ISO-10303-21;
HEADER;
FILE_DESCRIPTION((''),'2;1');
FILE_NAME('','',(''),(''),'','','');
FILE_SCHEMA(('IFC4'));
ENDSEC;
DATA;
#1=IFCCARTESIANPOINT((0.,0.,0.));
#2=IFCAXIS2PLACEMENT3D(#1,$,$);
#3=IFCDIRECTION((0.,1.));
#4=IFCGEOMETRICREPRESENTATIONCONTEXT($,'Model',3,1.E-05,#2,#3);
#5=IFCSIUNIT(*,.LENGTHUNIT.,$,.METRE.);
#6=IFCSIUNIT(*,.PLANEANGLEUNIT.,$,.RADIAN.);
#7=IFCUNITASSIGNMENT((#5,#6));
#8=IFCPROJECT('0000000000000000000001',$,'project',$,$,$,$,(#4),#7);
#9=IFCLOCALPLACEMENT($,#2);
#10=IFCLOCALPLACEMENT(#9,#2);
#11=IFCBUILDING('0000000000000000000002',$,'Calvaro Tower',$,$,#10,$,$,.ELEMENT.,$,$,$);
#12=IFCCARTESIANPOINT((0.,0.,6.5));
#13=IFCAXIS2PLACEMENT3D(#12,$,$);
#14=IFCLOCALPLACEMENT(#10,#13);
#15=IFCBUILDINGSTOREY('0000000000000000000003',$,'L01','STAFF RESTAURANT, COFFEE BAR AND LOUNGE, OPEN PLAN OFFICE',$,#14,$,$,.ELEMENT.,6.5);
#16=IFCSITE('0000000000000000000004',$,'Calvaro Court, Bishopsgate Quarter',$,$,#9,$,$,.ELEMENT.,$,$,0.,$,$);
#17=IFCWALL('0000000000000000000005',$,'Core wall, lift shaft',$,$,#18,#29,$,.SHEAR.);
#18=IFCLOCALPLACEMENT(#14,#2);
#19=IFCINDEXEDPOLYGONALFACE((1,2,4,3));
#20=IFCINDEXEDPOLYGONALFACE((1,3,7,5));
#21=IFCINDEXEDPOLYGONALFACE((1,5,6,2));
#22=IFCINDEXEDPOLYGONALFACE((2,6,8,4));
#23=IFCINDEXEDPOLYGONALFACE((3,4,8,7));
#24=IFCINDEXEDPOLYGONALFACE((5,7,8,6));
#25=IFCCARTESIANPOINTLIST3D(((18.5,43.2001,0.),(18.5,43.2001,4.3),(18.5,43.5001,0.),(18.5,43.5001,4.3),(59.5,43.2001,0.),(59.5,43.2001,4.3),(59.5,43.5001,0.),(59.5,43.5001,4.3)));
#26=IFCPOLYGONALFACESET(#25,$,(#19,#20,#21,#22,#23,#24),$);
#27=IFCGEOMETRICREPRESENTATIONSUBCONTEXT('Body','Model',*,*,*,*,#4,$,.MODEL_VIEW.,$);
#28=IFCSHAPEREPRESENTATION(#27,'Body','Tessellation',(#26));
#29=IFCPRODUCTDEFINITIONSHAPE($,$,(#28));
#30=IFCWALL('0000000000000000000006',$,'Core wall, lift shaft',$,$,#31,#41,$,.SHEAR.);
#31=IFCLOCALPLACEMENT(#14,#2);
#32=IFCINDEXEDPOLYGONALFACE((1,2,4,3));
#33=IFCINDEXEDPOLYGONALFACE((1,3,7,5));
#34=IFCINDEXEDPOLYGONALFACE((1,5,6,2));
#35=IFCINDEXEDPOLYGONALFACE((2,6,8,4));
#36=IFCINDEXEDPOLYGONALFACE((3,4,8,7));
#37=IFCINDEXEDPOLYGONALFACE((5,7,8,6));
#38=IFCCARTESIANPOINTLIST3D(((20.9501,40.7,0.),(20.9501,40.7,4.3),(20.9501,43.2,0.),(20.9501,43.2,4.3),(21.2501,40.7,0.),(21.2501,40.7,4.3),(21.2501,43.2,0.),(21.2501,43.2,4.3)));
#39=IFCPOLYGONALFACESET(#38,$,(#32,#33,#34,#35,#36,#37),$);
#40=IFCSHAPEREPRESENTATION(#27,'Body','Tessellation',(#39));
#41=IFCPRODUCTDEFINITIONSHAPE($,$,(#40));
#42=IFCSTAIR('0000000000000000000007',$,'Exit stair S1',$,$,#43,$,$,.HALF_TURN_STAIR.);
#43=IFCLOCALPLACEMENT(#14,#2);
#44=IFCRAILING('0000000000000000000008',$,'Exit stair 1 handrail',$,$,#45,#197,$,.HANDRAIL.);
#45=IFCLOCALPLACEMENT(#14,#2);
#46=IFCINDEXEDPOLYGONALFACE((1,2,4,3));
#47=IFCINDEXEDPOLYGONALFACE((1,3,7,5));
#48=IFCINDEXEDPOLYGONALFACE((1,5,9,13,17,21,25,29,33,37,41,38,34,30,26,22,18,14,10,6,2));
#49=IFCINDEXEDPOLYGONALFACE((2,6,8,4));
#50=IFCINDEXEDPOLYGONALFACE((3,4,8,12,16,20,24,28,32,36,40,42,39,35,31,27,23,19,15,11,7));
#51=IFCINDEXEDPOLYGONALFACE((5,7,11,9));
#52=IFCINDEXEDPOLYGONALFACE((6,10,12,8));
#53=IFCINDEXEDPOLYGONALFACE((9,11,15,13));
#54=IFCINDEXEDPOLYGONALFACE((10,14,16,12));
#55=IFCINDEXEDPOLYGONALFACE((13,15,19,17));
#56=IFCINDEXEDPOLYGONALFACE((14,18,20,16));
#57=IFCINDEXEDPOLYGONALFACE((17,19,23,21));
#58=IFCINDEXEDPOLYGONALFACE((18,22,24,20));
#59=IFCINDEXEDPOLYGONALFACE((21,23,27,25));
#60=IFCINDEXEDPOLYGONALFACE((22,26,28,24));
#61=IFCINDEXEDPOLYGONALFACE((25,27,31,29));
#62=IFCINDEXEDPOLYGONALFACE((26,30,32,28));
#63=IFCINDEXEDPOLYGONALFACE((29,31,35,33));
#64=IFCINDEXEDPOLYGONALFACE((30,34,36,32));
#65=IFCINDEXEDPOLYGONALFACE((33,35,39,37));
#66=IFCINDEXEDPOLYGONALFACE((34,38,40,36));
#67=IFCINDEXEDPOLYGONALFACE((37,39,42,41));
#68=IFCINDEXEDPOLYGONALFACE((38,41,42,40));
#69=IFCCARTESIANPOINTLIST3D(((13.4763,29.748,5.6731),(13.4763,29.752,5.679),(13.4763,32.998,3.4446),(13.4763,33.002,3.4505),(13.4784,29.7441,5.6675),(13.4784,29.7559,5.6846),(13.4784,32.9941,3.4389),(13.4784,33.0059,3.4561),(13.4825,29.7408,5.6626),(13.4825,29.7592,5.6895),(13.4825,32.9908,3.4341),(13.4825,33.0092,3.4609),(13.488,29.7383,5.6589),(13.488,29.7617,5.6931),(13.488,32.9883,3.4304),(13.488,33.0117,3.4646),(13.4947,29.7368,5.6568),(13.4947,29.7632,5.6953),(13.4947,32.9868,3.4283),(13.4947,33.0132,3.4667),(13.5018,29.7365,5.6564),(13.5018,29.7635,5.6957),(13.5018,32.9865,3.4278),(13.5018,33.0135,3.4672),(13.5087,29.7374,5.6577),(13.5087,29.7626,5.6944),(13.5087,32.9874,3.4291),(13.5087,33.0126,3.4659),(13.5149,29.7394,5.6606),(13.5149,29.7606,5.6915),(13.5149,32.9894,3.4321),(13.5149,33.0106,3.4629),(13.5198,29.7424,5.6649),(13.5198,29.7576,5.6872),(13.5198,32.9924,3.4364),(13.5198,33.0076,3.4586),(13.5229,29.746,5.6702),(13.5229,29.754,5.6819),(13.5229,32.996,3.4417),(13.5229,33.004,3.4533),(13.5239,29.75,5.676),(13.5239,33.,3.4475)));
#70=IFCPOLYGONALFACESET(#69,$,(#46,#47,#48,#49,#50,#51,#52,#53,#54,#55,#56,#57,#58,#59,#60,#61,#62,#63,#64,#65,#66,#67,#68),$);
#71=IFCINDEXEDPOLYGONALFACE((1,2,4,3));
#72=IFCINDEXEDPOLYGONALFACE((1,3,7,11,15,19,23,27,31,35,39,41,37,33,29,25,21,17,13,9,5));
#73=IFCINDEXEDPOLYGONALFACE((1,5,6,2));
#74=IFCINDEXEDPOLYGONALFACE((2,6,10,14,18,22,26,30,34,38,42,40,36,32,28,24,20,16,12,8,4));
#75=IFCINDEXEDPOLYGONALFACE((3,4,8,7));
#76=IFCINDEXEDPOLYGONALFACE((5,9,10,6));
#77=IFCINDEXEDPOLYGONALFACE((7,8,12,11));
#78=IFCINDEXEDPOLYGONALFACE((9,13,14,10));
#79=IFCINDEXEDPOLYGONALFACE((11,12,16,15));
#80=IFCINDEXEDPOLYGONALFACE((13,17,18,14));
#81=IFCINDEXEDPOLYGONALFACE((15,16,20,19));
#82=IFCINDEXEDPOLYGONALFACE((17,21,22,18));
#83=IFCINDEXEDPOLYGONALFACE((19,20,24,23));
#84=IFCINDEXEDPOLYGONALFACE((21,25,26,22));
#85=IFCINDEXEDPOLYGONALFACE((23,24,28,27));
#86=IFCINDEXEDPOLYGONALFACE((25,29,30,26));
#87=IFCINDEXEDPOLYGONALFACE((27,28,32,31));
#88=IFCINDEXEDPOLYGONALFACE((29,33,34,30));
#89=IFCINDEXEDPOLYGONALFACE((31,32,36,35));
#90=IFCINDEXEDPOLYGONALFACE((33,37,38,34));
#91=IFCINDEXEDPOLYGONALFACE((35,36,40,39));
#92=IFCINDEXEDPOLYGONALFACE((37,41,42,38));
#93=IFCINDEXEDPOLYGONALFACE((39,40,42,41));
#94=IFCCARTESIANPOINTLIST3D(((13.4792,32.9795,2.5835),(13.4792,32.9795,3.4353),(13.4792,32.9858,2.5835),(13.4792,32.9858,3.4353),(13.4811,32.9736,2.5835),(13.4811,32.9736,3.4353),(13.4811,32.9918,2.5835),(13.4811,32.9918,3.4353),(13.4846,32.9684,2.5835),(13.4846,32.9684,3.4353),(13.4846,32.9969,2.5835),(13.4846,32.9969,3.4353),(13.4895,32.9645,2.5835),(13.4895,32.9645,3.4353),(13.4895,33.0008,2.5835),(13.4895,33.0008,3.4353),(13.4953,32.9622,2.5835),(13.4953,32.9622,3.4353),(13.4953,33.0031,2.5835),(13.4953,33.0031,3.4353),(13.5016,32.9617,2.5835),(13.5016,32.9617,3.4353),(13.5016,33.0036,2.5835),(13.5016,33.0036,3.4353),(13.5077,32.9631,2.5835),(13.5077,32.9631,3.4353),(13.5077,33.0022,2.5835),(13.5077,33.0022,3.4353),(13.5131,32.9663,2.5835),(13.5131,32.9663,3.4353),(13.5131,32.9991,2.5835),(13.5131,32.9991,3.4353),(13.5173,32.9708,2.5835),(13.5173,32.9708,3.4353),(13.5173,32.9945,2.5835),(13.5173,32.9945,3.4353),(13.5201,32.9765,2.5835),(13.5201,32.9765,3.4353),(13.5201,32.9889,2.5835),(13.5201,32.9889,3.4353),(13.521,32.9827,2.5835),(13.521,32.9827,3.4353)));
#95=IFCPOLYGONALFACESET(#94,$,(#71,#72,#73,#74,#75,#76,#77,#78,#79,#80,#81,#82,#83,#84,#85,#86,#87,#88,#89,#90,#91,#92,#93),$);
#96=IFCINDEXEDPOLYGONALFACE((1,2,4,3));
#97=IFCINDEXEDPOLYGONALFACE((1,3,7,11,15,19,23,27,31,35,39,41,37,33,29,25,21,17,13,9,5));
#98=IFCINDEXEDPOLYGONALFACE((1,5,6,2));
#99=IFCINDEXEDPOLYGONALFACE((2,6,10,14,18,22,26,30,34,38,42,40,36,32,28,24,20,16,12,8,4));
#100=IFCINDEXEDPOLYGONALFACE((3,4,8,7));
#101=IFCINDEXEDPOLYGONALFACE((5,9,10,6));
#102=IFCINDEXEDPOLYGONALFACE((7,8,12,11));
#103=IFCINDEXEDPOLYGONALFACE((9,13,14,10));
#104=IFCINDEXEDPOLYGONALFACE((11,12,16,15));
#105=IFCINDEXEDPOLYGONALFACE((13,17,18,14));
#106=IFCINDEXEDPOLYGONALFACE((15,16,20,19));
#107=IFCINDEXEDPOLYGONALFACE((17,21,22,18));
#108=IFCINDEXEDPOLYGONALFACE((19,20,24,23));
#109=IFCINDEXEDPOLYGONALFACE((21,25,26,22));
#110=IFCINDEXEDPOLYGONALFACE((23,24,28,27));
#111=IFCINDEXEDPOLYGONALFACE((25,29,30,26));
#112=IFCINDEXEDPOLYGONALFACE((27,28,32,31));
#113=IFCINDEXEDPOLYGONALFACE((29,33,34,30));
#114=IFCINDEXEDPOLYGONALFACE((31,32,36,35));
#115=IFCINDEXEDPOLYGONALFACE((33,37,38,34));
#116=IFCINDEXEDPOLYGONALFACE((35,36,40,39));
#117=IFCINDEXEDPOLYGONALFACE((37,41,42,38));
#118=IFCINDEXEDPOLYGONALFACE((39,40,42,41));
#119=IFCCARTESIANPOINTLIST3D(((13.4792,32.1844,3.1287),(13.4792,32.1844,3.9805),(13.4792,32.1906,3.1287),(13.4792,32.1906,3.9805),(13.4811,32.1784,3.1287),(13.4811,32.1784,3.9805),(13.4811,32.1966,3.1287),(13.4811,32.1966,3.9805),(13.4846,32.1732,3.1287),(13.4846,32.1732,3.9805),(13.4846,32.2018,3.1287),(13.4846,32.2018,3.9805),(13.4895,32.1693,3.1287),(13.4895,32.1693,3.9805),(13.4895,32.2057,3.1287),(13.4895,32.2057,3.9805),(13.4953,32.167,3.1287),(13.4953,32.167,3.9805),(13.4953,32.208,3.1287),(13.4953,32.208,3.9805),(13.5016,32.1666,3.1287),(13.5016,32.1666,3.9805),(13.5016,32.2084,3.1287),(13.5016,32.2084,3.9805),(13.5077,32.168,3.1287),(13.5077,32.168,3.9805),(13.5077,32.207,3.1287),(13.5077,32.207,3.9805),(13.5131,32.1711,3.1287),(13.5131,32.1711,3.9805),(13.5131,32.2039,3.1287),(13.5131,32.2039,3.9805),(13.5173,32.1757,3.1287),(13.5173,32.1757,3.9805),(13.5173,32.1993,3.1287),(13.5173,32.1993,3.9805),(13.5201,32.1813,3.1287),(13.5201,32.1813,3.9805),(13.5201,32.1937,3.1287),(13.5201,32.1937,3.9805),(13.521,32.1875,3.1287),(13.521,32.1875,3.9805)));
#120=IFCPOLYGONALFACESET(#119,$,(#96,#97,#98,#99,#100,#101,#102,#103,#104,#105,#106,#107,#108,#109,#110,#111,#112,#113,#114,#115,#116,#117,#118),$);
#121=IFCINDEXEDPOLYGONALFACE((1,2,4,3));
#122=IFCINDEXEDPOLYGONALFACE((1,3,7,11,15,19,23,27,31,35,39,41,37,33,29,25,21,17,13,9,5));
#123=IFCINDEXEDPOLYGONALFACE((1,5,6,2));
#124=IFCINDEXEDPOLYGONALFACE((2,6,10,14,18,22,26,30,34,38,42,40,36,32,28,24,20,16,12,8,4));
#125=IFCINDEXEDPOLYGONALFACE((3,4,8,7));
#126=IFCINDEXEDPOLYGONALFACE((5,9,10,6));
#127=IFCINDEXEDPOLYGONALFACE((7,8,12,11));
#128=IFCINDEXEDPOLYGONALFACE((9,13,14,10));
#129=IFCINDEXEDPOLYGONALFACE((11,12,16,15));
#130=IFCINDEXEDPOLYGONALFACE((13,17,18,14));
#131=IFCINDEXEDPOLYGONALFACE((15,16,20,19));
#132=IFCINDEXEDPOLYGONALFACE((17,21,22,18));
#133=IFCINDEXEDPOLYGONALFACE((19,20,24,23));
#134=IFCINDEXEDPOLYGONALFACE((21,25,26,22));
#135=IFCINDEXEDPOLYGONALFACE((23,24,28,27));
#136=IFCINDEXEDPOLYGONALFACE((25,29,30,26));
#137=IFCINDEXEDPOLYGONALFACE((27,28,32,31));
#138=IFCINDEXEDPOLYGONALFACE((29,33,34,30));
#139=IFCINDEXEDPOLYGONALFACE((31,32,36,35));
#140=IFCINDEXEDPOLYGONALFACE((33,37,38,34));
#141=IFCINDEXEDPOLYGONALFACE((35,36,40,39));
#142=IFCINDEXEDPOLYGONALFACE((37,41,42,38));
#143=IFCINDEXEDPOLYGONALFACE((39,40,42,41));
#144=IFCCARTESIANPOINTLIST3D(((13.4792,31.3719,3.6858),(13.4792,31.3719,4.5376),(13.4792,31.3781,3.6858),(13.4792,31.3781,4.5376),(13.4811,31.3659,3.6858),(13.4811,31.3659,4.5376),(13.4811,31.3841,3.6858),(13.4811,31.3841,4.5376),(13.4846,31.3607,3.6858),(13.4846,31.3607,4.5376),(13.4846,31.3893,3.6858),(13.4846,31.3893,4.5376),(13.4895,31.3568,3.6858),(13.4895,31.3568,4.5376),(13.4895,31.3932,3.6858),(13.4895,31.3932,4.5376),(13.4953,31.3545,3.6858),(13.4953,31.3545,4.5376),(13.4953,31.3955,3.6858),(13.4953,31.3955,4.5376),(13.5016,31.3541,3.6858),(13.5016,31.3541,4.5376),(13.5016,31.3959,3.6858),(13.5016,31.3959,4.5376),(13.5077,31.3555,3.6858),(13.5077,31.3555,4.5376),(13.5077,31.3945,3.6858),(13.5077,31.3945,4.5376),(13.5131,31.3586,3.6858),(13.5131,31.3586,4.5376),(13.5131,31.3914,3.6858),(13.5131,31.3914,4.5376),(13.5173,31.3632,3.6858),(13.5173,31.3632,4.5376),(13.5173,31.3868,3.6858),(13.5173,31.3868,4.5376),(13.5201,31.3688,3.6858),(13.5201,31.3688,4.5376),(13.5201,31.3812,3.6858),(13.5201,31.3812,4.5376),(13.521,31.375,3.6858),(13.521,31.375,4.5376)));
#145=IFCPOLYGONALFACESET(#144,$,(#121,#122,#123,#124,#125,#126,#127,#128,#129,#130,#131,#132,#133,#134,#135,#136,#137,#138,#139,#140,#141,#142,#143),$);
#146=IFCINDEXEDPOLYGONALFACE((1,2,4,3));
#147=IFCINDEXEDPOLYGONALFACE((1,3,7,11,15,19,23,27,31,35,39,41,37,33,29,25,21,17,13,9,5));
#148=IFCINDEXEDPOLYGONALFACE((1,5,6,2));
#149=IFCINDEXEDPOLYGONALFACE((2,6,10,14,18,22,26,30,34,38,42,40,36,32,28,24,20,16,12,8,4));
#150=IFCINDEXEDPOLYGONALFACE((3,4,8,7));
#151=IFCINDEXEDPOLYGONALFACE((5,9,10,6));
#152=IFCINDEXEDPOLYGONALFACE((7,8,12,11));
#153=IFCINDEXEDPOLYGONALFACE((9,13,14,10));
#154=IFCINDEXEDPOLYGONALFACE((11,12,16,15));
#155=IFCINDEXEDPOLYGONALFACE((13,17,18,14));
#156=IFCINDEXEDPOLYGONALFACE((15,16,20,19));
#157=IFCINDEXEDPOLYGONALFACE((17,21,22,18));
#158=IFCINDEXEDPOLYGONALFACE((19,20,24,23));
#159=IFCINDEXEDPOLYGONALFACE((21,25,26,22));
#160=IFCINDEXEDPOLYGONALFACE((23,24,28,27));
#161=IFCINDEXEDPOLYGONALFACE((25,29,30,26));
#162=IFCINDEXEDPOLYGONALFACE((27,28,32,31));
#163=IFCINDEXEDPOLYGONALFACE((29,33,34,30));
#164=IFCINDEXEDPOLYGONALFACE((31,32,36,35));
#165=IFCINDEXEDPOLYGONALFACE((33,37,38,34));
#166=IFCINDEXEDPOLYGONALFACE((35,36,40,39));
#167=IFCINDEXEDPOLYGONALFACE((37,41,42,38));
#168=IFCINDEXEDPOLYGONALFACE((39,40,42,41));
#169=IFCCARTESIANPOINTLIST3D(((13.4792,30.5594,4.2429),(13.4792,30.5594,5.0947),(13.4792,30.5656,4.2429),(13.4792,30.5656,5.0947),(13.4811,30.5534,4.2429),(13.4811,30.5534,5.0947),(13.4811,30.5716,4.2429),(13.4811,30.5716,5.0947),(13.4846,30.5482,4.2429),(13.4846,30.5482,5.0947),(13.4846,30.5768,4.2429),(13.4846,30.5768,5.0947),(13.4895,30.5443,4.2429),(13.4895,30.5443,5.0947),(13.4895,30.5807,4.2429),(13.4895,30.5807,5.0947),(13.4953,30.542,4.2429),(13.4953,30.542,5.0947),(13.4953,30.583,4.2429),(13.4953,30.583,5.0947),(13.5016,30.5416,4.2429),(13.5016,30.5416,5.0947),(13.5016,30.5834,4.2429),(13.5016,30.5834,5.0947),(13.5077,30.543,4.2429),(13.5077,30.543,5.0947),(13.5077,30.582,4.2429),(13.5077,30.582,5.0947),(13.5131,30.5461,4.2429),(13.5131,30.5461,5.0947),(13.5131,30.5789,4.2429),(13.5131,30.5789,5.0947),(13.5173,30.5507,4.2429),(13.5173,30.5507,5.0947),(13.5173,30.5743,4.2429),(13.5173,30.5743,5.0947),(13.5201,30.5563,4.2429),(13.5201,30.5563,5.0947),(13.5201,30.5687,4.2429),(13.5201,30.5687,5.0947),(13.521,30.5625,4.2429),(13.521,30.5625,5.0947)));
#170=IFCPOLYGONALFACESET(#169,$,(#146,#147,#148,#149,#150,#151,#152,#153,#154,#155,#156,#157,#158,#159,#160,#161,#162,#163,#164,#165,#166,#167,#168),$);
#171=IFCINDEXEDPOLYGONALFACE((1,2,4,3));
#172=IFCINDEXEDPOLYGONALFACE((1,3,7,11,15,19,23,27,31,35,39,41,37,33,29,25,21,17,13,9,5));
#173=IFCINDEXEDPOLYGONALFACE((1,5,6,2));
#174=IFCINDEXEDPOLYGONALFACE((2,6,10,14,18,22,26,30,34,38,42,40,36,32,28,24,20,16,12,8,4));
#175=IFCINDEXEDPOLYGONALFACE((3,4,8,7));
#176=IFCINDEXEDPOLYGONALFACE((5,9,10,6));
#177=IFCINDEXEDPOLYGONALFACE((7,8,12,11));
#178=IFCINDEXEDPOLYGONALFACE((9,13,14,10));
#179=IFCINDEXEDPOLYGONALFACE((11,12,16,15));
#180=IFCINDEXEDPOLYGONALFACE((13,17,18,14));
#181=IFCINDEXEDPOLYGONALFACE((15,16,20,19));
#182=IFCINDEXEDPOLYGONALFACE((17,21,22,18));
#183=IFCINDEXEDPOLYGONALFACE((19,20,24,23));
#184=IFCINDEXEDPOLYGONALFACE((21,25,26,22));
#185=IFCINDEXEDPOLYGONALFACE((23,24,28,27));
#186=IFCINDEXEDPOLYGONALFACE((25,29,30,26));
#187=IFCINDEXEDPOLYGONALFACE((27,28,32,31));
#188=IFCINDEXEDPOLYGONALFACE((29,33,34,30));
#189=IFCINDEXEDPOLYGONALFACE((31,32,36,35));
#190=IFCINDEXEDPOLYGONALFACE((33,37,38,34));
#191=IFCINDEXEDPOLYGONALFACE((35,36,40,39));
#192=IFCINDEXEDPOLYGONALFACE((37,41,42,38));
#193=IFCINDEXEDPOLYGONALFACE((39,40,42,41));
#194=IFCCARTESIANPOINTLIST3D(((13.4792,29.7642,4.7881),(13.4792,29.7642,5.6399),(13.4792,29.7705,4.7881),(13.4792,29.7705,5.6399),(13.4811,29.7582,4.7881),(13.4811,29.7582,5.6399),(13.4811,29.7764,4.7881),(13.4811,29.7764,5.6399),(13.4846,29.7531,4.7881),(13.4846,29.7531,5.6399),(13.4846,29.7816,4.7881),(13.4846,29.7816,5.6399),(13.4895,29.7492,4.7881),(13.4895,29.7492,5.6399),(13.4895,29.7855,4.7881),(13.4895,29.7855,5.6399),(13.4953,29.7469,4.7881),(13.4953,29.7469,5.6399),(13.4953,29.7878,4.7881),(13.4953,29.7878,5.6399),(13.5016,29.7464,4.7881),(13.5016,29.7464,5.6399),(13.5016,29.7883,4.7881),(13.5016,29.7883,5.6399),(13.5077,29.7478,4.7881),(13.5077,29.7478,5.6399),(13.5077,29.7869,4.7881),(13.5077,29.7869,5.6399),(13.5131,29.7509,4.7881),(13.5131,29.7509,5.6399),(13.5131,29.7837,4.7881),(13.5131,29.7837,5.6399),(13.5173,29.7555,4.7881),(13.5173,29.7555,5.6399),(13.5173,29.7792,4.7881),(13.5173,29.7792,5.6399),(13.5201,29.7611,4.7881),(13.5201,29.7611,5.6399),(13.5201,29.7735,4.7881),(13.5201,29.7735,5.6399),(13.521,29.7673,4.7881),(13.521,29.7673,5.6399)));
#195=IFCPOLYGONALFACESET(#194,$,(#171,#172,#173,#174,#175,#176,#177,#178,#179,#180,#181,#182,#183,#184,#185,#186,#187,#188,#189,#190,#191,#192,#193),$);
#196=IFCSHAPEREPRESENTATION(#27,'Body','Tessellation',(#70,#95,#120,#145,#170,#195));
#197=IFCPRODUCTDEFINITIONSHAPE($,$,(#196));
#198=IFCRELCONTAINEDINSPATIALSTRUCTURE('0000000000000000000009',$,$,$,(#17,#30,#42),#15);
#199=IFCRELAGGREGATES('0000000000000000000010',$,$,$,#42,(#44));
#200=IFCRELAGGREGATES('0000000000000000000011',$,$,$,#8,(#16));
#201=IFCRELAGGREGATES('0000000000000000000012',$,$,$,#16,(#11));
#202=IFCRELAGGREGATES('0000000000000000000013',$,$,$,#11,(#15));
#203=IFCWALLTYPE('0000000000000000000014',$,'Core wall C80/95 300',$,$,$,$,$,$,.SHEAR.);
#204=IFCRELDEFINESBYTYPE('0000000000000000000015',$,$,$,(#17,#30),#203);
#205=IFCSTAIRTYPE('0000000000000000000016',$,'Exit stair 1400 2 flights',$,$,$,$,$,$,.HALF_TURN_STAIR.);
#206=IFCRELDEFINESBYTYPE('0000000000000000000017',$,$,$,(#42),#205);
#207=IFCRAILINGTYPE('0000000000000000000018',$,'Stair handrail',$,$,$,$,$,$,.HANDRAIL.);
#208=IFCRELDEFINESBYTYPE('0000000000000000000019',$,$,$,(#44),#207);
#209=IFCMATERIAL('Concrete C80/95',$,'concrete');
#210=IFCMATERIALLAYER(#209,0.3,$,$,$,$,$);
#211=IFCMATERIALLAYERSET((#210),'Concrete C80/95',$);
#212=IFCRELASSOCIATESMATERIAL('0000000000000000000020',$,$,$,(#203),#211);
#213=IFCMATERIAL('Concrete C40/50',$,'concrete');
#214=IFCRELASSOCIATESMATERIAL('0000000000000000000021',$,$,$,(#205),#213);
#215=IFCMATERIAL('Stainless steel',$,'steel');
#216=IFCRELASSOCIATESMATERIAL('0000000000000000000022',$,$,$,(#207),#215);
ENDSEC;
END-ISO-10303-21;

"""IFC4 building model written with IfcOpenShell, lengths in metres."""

from ifc_helpers import new_model, si_unit, direction, frame, frame_2d, origin, origin_2d, place, context, subcontext, project, spatial, rectangle, circle, extrude, material, layer, layer_set, type_object, element, aggregate, save


model = new_model("IFC4")

# Units and contexts
model_context = context("Model", 3, precision=1e-05, world=origin(), true_north=direction((0.0, 1.0)))
body_context = subcontext(model_context, "Body", "Model", "MODEL_VIEW")
ifc_project = project(units=[si_unit("LENGTHUNIT", "METRE"), si_unit("PLANEANGLEUNIT", "RADIAN")], contexts=[model_context])

# Site, building, storey
site_placement = place(None, origin())
site = spatial("IfcSite", under=ifc_project, at=site_placement, Name="Calvaro Court, Bishopsgate Quarter", CompositionType="ELEMENT", RefElevation=0.0)
building_placement = place(site_placement, origin())
building = spatial("IfcBuilding", under=site, at=building_placement, Name="Calvaro Tower", CompositionType="ELEMENT")
storey_placement = place(building_placement, frame((0.0, 0.0, 6.5)))
storey = spatial("IfcBuildingStorey", under=building, at=storey_placement, Name="L01", Description="STAFF RESTAURANT, COFFEE BAR AND LOUNGE, OPEN PLAN OFFICE", CompositionType="ELEMENT", Elevation=6.5)

# Shared definitions
ifc_material_1 = material(Name="Concrete C80/95", Category="concrete")
ifc_layer_1 = layer(ifc_material_1, 0.3)
ifc_layer_set_1 = layer_set([ifc_layer_1], Name="Concrete C80/95")
wall_type_1 = type_object("IfcWallType", Name="Core wall C80/95 300", PredefinedType="SHEAR", material=ifc_layer_set_1)

# Walls
wall_1_placement = place(storey_placement, frame((18.5, 43.3501, 0.0), z_axis=(0.0, 0.0, 1.0), x_axis=(1.0, 0.0, 0.0)))
element("IfcWall", 1, at=wall_1_placement, inside=storey, type_object=wall_type_1, Name="Core wall, lift shaft", PredefinedType="SHEAR", context=body_context, shape_type="SweptSolid", body=[
    extrude(rectangle(XDim=41.0, YDim=0.3, at=frame_2d((20.5, 0.0))), origin(), (0.0, 0.0, 1.0), 4.3),
])
wall_2_placement = place(storey_placement, frame((21.1001, 40.7, 0.0), z_axis=(0.0, 0.0, 1.0), x_axis=(0.0, 1.0, 0.0)))
element("IfcWall", 2, at=wall_2_placement, inside=storey, type_object=wall_type_1, Name="Core wall, lift shaft", PredefinedType="SHEAR", context=body_context, shape_type="SweptSolid", body=[
    extrude(rectangle(XDim=2.5, YDim=0.3, at=frame_2d((1.25, 0.0))), origin(), (0.0, 0.0, 1.0), 4.3),
])

# Stair, railing
ifc_material_2 = material(Name="Concrete C40/50", Category="concrete")
stair_type = type_object("IfcStairType", Name="Exit stair 1400 2 flights", PredefinedType="HALF_TURN_STAIR", material=ifc_material_2)
stair_placement = place(storey_placement, origin())
stair = element("IfcStair", 3, at=stair_placement, inside=storey, type_object=stair_type, Name="Exit stair S1", PredefinedType="HALF_TURN_STAIR")
ifc_material_3 = material(Name="Stainless steel", Category="steel")
railing_type = type_object("IfcRailingType", Name="Stair handrail", PredefinedType="HANDRAIL", material=ifc_material_3)
railing_placement = place(storey_placement, frame((13.5, 33.0, 2.5715)))
railing = element("IfcRailing", 4, at=railing_placement, type_object=railing_type, Name="Exit stair 1 handrail", PredefinedType="HANDRAIL", context=body_context, shape_type="SweptSolid", body=[
    extrude(circle(Radius=0.0239, at=origin_2d()), frame((0.0, 0.0, 0.876), z_axis=(0.0, -0.824735, 0.565519), x_axis=(1.0, 0.0, 0.0)), (0.0, 0.0, 1.0), 3.9407),
    extrude(circle(Radius=0.021, at=origin_2d()), frame((0.0, -0.0173, 0.012)), (0.0, 0.0, 1.0), 0.8518),
    extrude(circle(Radius=0.021, at=origin_2d()), frame((0.0, -0.8125, 0.5571)), (0.0, 0.0, 1.0), 0.8518),
    extrude(circle(Radius=0.021, at=origin_2d()), frame((0.0, -1.625, 1.1143)), (0.0, 0.0, 1.0), 0.8518),
    extrude(circle(Radius=0.021, at=origin_2d()), frame((0.0, -2.4375, 1.6714)), (0.0, 0.0, 1.0), 0.8518),
    extrude(circle(Radius=0.021, at=origin_2d()), frame((0.0, -3.2327, 2.2166)), (0.0, 0.0, 1.0), 0.8518),
])
aggregate(stair, [railing])

save(model, "model.ifc")
